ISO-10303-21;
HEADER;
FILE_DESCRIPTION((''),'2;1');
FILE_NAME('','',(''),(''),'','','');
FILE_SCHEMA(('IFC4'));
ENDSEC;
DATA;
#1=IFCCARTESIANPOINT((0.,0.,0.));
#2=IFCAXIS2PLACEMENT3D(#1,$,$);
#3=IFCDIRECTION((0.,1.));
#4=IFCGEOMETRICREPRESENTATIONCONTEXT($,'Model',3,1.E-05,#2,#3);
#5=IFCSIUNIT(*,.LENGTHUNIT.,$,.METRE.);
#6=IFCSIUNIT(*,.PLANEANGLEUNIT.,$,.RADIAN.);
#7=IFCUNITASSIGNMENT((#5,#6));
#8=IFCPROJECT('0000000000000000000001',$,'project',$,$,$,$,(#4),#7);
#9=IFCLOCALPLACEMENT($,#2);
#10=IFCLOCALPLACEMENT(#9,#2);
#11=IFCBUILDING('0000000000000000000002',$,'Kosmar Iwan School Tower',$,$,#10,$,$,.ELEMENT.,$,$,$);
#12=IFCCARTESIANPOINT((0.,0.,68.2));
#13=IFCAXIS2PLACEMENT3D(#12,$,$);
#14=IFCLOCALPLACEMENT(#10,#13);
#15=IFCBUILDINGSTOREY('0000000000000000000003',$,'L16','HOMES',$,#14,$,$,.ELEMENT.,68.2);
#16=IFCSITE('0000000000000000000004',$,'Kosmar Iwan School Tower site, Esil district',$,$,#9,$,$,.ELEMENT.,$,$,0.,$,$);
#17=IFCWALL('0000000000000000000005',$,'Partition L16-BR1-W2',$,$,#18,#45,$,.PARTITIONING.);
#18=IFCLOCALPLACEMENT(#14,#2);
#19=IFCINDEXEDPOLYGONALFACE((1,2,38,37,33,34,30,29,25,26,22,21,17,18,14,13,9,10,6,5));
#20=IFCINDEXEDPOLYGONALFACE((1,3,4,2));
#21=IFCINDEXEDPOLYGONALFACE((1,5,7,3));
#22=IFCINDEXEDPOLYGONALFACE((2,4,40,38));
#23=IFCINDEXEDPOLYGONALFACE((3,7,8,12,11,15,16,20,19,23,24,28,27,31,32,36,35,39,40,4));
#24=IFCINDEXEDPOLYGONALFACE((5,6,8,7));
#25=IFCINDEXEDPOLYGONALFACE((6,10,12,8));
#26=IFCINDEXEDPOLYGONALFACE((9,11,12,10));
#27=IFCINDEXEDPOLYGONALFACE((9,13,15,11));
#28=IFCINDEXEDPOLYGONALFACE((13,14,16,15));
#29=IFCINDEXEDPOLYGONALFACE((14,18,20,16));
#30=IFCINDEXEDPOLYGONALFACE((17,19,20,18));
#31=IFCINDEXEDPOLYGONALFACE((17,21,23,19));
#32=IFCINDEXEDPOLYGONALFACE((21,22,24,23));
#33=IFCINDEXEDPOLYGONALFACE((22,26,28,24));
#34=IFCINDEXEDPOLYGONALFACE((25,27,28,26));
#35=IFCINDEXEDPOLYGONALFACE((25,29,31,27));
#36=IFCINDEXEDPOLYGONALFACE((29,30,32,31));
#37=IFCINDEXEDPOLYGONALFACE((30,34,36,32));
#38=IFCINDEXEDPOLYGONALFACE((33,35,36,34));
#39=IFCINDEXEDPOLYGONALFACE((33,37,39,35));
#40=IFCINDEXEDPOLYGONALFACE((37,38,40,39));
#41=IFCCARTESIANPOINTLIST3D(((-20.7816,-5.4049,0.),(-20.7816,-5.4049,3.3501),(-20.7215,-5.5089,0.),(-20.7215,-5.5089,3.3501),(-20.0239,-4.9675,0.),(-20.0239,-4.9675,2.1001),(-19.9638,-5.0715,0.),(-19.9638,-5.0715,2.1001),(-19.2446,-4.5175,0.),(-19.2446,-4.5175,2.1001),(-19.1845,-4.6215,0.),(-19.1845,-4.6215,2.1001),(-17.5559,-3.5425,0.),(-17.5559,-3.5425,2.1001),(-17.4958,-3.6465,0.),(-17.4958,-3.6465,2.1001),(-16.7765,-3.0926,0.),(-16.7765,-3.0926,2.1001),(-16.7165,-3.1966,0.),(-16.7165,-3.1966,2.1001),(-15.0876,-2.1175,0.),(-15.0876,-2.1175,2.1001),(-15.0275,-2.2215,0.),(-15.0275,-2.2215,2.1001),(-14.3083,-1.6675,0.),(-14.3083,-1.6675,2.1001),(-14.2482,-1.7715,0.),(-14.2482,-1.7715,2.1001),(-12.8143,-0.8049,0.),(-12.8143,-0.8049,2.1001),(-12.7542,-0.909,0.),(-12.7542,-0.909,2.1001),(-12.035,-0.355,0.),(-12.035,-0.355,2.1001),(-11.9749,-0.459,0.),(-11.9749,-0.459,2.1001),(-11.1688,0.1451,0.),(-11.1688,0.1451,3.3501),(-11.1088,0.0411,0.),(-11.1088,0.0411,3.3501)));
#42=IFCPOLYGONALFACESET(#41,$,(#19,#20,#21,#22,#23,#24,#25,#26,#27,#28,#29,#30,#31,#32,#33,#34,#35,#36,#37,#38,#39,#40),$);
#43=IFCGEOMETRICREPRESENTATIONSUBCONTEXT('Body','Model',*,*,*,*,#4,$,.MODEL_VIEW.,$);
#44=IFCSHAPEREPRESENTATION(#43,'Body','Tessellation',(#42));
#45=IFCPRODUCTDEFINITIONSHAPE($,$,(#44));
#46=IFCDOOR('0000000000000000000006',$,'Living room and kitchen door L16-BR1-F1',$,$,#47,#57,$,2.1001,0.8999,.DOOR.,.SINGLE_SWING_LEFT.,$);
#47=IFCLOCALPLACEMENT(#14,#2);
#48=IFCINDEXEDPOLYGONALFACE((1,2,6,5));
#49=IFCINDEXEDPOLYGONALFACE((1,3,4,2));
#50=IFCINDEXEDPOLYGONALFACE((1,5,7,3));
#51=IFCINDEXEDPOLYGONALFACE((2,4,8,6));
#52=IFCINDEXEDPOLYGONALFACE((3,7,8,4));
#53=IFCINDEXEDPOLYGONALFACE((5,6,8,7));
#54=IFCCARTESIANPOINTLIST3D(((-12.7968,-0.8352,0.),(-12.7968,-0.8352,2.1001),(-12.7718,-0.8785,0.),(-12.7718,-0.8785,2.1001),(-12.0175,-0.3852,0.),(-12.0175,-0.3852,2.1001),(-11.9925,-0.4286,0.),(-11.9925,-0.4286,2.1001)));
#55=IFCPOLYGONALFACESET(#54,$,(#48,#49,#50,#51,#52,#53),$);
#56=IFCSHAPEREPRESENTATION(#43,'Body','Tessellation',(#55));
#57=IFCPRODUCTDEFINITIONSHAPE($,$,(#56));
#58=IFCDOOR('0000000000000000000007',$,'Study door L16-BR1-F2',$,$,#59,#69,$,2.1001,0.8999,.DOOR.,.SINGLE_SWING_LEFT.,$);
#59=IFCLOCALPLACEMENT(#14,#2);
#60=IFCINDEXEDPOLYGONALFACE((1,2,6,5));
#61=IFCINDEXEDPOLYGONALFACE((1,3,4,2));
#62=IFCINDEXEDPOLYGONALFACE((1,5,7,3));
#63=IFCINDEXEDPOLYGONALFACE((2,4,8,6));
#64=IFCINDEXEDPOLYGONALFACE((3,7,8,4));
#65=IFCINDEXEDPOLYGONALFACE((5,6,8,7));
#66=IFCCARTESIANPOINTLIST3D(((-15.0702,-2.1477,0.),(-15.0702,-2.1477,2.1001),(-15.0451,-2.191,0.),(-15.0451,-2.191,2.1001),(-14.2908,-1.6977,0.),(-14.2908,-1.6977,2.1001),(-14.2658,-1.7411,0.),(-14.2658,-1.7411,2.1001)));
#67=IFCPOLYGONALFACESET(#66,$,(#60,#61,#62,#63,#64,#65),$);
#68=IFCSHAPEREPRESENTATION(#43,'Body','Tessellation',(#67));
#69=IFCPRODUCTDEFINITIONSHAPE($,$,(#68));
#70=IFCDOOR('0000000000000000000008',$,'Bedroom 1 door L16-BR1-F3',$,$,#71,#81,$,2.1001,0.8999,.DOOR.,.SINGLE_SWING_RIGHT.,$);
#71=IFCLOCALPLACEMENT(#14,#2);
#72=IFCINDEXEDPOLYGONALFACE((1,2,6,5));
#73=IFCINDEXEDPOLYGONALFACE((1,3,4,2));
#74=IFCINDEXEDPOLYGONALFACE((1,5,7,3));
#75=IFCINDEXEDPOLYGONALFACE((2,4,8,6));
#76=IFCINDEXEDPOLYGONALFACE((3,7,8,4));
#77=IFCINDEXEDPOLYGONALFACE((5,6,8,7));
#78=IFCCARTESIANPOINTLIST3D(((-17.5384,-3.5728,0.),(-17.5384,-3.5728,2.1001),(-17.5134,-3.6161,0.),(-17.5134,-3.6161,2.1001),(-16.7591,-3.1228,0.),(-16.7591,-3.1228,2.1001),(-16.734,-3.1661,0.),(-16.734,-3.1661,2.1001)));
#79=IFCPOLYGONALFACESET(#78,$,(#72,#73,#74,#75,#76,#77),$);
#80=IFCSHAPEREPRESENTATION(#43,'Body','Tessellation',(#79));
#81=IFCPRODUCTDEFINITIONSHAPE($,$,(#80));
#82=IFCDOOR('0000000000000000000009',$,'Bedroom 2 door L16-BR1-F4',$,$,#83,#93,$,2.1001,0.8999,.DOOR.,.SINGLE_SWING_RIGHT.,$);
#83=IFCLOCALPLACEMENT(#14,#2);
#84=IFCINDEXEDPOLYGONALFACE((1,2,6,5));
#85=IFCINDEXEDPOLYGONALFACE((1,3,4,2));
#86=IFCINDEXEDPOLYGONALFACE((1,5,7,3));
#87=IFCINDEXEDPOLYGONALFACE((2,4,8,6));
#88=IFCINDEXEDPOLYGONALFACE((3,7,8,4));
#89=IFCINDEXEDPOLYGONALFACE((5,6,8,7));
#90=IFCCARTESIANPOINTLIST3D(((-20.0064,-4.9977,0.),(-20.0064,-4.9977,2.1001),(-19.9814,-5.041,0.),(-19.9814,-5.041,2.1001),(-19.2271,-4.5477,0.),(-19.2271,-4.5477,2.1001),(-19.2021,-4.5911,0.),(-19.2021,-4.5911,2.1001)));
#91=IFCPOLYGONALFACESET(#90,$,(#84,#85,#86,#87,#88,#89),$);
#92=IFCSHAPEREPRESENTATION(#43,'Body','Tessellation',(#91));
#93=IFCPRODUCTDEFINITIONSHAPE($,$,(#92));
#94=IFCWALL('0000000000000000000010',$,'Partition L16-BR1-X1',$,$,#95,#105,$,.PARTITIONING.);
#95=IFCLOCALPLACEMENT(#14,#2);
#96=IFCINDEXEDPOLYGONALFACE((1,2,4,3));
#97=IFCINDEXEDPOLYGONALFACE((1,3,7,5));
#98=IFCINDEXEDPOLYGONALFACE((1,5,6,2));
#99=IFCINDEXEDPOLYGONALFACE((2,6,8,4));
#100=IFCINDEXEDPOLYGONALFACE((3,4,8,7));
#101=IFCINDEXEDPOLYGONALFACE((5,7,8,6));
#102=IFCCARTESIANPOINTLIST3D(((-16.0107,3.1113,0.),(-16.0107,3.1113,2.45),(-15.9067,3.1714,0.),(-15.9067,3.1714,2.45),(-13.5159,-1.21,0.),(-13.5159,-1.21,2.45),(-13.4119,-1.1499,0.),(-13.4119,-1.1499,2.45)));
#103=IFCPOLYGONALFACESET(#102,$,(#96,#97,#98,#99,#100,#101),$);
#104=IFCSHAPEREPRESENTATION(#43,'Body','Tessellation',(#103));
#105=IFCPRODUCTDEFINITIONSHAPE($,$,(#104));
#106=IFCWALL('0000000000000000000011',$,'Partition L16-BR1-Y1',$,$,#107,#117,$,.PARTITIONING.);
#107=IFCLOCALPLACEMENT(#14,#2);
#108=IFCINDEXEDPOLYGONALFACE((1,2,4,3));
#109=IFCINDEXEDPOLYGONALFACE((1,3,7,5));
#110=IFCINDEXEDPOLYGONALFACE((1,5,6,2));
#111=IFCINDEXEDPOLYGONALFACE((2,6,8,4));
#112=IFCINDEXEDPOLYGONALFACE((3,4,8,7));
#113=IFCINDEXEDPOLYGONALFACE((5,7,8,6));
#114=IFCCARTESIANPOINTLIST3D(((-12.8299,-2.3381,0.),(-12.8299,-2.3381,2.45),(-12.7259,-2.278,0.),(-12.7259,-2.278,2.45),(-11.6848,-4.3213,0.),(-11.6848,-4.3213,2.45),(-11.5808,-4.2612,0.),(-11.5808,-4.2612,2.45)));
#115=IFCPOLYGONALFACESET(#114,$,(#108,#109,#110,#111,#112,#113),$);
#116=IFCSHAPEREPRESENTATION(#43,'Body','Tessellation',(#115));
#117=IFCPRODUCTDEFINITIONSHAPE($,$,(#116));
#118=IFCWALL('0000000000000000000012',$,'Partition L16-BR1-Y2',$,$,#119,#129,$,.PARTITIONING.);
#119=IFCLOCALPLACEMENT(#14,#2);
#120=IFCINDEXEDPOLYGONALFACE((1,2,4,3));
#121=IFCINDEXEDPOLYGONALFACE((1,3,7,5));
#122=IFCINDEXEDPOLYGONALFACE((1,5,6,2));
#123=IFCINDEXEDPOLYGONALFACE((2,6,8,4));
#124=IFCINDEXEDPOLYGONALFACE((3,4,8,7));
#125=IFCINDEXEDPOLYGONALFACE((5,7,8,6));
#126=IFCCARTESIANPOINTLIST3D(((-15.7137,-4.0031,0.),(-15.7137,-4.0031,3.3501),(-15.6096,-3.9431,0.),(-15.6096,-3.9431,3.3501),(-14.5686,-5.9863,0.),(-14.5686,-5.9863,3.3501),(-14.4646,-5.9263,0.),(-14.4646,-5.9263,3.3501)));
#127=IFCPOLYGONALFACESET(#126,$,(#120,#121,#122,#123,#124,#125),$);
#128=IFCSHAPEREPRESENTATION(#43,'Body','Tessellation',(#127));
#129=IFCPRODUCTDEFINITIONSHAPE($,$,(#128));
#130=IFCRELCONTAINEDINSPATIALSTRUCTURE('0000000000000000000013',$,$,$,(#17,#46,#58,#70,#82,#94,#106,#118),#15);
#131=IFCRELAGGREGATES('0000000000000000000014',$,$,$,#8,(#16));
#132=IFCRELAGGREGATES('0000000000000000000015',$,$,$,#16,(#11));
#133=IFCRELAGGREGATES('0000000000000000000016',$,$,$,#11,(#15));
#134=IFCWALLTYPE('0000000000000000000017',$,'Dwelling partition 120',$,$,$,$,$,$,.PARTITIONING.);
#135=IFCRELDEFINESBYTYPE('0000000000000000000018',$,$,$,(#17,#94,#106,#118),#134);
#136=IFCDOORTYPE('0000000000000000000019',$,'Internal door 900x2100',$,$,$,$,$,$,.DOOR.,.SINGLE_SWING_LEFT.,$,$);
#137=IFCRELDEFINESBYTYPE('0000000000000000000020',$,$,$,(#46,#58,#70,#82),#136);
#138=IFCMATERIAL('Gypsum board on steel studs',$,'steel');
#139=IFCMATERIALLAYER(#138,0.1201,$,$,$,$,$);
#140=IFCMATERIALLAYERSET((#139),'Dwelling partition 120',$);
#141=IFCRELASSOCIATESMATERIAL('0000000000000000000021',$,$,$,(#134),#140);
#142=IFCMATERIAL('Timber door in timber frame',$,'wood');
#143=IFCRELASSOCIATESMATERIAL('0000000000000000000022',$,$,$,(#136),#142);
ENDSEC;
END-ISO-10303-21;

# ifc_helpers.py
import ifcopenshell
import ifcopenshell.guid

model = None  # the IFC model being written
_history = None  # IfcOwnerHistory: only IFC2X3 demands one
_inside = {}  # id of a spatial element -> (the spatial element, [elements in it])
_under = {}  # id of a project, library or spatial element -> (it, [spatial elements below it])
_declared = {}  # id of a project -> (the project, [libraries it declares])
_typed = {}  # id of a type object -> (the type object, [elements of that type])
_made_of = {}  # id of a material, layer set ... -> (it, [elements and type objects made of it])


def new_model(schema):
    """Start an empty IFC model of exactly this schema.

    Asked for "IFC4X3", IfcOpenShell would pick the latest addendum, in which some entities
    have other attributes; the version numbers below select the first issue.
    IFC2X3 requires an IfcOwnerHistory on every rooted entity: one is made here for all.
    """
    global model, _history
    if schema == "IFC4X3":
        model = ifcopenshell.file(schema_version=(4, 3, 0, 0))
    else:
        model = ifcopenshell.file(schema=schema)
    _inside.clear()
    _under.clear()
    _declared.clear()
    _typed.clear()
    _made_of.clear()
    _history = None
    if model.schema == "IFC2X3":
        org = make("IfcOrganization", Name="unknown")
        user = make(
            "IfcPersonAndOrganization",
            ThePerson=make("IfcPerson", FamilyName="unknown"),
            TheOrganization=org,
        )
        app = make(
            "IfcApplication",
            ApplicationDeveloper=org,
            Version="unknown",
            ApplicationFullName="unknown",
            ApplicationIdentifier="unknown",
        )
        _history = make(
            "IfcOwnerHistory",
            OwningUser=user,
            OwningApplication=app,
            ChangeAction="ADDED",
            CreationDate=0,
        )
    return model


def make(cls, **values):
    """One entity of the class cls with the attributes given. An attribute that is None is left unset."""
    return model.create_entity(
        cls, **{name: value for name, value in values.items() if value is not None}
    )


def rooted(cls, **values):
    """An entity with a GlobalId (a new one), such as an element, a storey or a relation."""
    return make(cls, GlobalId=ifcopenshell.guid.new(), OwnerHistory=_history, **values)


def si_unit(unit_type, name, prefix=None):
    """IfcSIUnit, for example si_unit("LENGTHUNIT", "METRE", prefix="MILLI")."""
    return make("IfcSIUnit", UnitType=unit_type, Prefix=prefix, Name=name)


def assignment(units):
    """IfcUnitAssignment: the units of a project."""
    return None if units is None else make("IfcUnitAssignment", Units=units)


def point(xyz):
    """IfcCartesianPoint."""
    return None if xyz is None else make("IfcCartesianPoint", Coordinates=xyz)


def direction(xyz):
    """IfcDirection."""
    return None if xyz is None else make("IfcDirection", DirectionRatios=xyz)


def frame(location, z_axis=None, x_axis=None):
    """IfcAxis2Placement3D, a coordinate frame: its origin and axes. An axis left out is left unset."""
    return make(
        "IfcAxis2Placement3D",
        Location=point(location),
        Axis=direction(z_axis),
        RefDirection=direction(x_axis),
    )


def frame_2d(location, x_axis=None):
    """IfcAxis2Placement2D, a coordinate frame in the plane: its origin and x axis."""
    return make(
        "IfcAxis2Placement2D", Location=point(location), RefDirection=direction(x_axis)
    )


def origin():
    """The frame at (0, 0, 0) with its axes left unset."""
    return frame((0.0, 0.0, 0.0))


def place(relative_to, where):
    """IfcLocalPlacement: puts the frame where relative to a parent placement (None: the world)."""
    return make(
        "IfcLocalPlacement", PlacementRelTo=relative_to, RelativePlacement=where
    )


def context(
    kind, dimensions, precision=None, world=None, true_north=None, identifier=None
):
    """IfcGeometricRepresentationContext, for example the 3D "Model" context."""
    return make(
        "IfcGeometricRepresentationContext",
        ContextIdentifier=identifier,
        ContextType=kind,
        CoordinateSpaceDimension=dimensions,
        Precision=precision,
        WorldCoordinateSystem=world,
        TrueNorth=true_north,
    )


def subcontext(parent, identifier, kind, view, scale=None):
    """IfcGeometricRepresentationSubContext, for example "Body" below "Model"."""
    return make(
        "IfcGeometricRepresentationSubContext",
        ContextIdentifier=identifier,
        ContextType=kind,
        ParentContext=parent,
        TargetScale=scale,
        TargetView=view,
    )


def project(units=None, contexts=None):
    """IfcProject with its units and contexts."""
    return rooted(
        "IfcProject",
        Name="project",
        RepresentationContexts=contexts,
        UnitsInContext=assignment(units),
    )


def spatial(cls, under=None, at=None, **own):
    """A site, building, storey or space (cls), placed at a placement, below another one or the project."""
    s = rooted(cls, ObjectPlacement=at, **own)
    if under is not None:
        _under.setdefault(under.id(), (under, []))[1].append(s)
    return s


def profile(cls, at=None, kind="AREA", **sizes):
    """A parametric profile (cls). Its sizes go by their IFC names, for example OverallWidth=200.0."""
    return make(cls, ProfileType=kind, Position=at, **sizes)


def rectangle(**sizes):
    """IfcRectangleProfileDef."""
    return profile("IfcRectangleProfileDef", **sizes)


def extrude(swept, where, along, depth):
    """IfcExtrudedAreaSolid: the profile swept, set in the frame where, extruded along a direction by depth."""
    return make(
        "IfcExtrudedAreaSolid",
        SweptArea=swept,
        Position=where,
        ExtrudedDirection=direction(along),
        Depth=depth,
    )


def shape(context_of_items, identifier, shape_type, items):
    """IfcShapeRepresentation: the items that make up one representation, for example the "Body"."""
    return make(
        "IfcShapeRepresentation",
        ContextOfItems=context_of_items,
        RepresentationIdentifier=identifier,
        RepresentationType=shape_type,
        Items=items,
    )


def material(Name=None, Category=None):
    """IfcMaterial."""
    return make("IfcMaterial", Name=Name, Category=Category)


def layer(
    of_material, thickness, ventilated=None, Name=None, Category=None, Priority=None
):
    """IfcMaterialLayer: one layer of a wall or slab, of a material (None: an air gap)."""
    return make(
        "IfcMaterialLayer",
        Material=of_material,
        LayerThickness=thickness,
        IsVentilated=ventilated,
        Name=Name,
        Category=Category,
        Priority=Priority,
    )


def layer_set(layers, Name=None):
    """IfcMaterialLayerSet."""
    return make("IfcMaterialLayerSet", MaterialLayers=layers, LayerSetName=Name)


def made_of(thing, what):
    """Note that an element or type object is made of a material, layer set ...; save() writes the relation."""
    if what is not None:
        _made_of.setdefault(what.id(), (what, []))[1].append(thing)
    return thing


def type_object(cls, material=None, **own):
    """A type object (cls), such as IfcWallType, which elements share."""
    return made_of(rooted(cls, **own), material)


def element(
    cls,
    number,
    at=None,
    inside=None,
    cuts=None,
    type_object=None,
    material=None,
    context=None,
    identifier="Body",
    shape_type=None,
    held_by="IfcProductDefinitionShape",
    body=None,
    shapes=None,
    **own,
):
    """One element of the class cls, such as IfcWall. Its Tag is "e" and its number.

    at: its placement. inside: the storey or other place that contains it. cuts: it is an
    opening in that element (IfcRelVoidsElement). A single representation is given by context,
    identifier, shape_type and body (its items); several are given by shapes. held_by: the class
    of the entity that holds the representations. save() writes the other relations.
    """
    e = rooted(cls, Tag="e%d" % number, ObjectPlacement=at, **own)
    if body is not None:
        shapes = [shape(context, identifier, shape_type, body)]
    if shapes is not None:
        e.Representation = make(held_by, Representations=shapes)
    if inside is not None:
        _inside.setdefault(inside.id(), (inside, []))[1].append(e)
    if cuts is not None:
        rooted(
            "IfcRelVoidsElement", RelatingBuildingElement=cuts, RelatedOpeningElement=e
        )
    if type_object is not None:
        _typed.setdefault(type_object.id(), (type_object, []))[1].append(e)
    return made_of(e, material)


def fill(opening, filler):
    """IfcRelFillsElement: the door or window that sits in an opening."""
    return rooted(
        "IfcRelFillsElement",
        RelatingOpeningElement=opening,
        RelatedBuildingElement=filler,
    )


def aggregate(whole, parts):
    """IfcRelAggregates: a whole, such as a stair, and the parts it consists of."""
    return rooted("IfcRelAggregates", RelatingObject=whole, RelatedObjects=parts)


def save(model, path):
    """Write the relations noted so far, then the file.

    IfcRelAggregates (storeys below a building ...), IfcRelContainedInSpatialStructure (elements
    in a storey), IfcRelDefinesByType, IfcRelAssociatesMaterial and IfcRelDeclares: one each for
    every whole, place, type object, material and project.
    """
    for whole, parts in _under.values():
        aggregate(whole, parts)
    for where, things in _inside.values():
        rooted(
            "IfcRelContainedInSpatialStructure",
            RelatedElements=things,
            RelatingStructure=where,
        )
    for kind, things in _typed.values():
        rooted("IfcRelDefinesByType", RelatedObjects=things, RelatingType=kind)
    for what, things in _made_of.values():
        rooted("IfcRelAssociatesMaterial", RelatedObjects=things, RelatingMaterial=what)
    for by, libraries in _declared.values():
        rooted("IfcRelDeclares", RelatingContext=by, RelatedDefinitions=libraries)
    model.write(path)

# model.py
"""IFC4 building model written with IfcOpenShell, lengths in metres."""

from ifc_helpers import new_model, si_unit, direction, frame, frame_2d, origin, place, context, subcontext, project, spatial, rectangle, extrude, material, layer, layer_set, type_object, element, fill, save


model = new_model("IFC4")

# Units and contexts
model_context = context("Model", 3, precision=1e-05, world=origin(), true_north=direction((0.0, 1.0)))
body_context = subcontext(model_context, "Body", "Model", "MODEL_VIEW")
ifc_project = project(units=[si_unit("LENGTHUNIT", "METRE"), si_unit("PLANEANGLEUNIT", "RADIAN")], contexts=[model_context])

# Site, building, storey
site_placement = place(None, origin())
site = spatial("IfcSite", under=ifc_project, at=site_placement, Name="Kosmar Iwan School Tower site, Esil district", CompositionType="ELEMENT", RefElevation=0.0)
building_placement = place(site_placement, origin())
building = spatial("IfcBuilding", under=site, at=building_placement, Name="Kosmar Iwan School Tower", CompositionType="ELEMENT")
storey_placement = place(building_placement, frame((0.0, 0.0, 68.2)))
storey = spatial("IfcBuildingStorey", under=building, at=storey_placement, Name="L16", Description="HOMES", CompositionType="ELEMENT", Elevation=68.2)

# Wall, openings, doors
ifc_material_1 = material(Name="Gypsum board on steel studs", Category="steel")
ifc_layer = layer(ifc_material_1, 0.1201)
ifc_layer_set = layer_set([ifc_layer], Name="Dwelling partition 120")
wall_type = type_object("IfcWallType", Name="Dwelling partition 120", PredefinedType="PARTITIONING", material=ifc_layer_set)
ifc_material_2 = material(Name="Timber door in timber frame", Category="wood")
door_type_1 = type_object("IfcDoorType", Name="Internal door 900x2100", OperationType="SINGLE_SWING_LEFT", PredefinedType="DOOR", material=ifc_material_2)
wall_1_placement = place(storey_placement, frame((-11.1389, 0.093, 0.0), z_axis=(0.0, 0.0, 1.0), x_axis=(-0.866021, -0.500007, 0.0)))
wall_1 = element("IfcWall", 1, at=wall_1_placement, inside=storey, type_object=wall_type, Name="Partition L16-BR1-W2", PredefinedType="PARTITIONING", context=body_context, shape_type="SweptSolid", body=[
    extrude(rectangle(XDim=11.0999, YDim=0.1201, at=frame_2d((5.5498, 0.0))), origin(), (0.0, 0.0, 1.0), 3.3501),
])
opening_1_placement = place(wall_1_placement, frame((1.0, 0.0, 0.0)))
opening_1 = element("IfcOpeningElement", 2, at=opening_1_placement, cuts=wall_1, PredefinedType="OPENING", context=body_context, shape_type="SweptSolid", body=[
    extrude(rectangle(XDim=0.8999, YDim=2.1001, at=frame_2d((0.45, 1.05))), frame((0.0, 0.072, 0.0), z_axis=(0.0, -1.0, 0.0), x_axis=(1.0, 0.0, 0.0)), (0.0, 0.0, 1.0), 0.144),
])
opening_2_placement = place(wall_1_placement, frame((3.625, 0.0, 0.0)))
opening_2 = element("IfcOpeningElement", 3, at=opening_2_placement, cuts=wall_1, PredefinedType="OPENING", context=body_context, shape_type="SweptSolid", body=[
    extrude(rectangle(XDim=0.8999, YDim=2.1001, at=frame_2d((0.45, 1.05))), frame((0.0, 0.072, 0.0), z_axis=(0.0, -1.0, 0.0), x_axis=(1.0, 0.0, 0.0)), (0.0, 0.0, 1.0), 0.144),
])
opening_3_placement = place(wall_1_placement, frame((6.4751, 0.0, 0.0)))
opening_3 = element("IfcOpeningElement", 4, at=opening_3_placement, cuts=wall_1, PredefinedType="OPENING", context=body_context, shape_type="SweptSolid", body=[
    extrude(rectangle(XDim=0.8999, YDim=2.1001, at=frame_2d((0.45, 1.05))), frame((0.0, 0.072, 0.0), z_axis=(0.0, -1.0, 0.0), x_axis=(1.0, 0.0, 0.0)), (0.0, 0.0, 1.0), 0.144),
])
opening_4_placement = place(wall_1_placement, frame((9.325, 0.0, 0.0)))
opening_4 = element("IfcOpeningElement", 5, at=opening_4_placement, cuts=wall_1, PredefinedType="OPENING", context=body_context, shape_type="SweptSolid", body=[
    extrude(rectangle(XDim=0.8999, YDim=2.1001, at=frame_2d((0.45, 1.05))), frame((0.0, 0.072, 0.0), z_axis=(0.0, -1.0, 0.0), x_axis=(1.0, 0.0, 0.0)), (0.0, 0.0, 1.0), 0.144),
])
door_1_placement = place(opening_1_placement, origin())
door_1 = element("IfcDoor", 6, at=door_1_placement, inside=storey, type_object=door_type_1, Name="Living room and kitchen door L16-BR1-F1", OperationType="SINGLE_SWING_LEFT", OverallHeight=2.1001, OverallWidth=0.8999, PredefinedType="DOOR", context=body_context, shape_type="SweptSolid", body=[
    extrude(rectangle(XDim=0.8999, YDim=2.1001, at=frame_2d((0.45, 1.05))), frame((0.0, 0.0249, 0.0), z_axis=(0.0, -1.0, 0.0), x_axis=(1.0, 0.0, 0.0)), (0.0, 0.0, 1.0), 0.05),
])
fill(opening_1, door_1)
door_2_placement = place(opening_2_placement, origin())
door_2 = element("IfcDoor", 7, at=door_2_placement, inside=storey, type_object=door_type_1, Name="Study door L16-BR1-F2", OperationType="SINGLE_SWING_LEFT", OverallHeight=2.1001, OverallWidth=0.8999, PredefinedType="DOOR", context=body_context, shape_type="SweptSolid", body=[
    extrude(rectangle(XDim=0.8999, YDim=2.1001, at=frame_2d((0.45, 1.05))), frame((0.0, 0.0249, 0.0), z_axis=(0.0, -1.0, 0.0), x_axis=(1.0, 0.0, 0.0)), (0.0, 0.0, 1.0), 0.05),
])
fill(opening_2, door_2)
door_3_placement = place(opening_3_placement, origin())
door_3 = element("IfcDoor", 8, at=door_3_placement, inside=storey, type_object=door_type_1, Name="Bedroom 1 door L16-BR1-F3", OperationType="SINGLE_SWING_RIGHT", OverallHeight=2.1001, OverallWidth=0.8999, PredefinedType="DOOR", context=body_context, shape_type="SweptSolid", body=[
    extrude(rectangle(XDim=0.8999, YDim=2.1001, at=frame_2d((0.45, 1.05))), frame((0.0, 0.0249, 0.0), z_axis=(0.0, -1.0, 0.0), x_axis=(1.0, 0.0, 0.0)), (0.0, 0.0, 1.0), 0.05),
])
fill(opening_3, door_3)
door_4_placement = place(opening_4_placement, origin())
door_4 = element("IfcDoor", 9, at=door_4_placement, inside=storey, type_object=door_type_1, Name="Bedroom 2 door L16-BR1-F4", OperationType="SINGLE_SWING_RIGHT", OverallHeight=2.1001, OverallWidth=0.8999, PredefinedType="DOOR", context=body_context, shape_type="SweptSolid", body=[
    extrude(rectangle(XDim=0.8999, YDim=2.1001, at=frame_2d((0.45, 1.05))), frame((0.0, 0.0249, 0.0), z_axis=(0.0, -1.0, 0.0), x_axis=(1.0, 0.0, 0.0)), (0.0, 0.0, 1.0), 0.05),
])
fill(opening_4, door_4)

# Walls
wall_2_placement = place(storey_placement, frame((-13.4639, -1.1799, 0.0), z_axis=(0.0, 0.0, 1.0), x_axis=(-0.499996, 0.866028, 0.0)))
element("IfcWall", 10, at=wall_2_placement, inside=storey, type_object=wall_type, Name="Partition L16-BR1-X1", PredefinedType="PARTITIONING", context=body_context, shape_type="SweptSolid", body=[
    extrude(rectangle(XDim=4.9897, YDim=0.1201, at=frame_2d((2.4949, 0.0))), origin(), (0.0, 0.0, 1.0), 2.45),
])
wall_3_placement = place(storey_placement, frame((-11.6328, -4.2913, 0.0), z_axis=(0.0, 0.0, 1.0), x_axis=(-0.500015, 0.866017, 0.0)))
element("IfcWall", 11, at=wall_3_placement, inside=storey, type_object=wall_type, Name="Partition L16-BR1-Y1", PredefinedType="PARTITIONING", context=body_context, shape_type="SweptSolid", body=[
    extrude(rectangle(XDim=2.29, YDim=0.1201, at=frame_2d((1.145, 0.0))), origin(), (0.0, 0.0, 1.0), 2.45),
])
wall_4_placement = place(storey_placement, frame((-14.5166, -5.9563, 0.0), z_axis=(0.0, 0.0, 1.0), x_axis=(-0.500015, 0.866017, 0.0)))
element("IfcWall", 12, at=wall_4_placement, inside=storey, type_object=wall_type, Name="Partition L16-BR1-Y2", PredefinedType="PARTITIONING", context=body_context, shape_type="SweptSolid", body=[
    extrude(rectangle(XDim=2.29, YDim=0.1201, at=frame_2d((1.145, 0.0))), origin(), (0.0, 0.0, 1.0), 3.3501),
])

save(model, "model.ifc")
